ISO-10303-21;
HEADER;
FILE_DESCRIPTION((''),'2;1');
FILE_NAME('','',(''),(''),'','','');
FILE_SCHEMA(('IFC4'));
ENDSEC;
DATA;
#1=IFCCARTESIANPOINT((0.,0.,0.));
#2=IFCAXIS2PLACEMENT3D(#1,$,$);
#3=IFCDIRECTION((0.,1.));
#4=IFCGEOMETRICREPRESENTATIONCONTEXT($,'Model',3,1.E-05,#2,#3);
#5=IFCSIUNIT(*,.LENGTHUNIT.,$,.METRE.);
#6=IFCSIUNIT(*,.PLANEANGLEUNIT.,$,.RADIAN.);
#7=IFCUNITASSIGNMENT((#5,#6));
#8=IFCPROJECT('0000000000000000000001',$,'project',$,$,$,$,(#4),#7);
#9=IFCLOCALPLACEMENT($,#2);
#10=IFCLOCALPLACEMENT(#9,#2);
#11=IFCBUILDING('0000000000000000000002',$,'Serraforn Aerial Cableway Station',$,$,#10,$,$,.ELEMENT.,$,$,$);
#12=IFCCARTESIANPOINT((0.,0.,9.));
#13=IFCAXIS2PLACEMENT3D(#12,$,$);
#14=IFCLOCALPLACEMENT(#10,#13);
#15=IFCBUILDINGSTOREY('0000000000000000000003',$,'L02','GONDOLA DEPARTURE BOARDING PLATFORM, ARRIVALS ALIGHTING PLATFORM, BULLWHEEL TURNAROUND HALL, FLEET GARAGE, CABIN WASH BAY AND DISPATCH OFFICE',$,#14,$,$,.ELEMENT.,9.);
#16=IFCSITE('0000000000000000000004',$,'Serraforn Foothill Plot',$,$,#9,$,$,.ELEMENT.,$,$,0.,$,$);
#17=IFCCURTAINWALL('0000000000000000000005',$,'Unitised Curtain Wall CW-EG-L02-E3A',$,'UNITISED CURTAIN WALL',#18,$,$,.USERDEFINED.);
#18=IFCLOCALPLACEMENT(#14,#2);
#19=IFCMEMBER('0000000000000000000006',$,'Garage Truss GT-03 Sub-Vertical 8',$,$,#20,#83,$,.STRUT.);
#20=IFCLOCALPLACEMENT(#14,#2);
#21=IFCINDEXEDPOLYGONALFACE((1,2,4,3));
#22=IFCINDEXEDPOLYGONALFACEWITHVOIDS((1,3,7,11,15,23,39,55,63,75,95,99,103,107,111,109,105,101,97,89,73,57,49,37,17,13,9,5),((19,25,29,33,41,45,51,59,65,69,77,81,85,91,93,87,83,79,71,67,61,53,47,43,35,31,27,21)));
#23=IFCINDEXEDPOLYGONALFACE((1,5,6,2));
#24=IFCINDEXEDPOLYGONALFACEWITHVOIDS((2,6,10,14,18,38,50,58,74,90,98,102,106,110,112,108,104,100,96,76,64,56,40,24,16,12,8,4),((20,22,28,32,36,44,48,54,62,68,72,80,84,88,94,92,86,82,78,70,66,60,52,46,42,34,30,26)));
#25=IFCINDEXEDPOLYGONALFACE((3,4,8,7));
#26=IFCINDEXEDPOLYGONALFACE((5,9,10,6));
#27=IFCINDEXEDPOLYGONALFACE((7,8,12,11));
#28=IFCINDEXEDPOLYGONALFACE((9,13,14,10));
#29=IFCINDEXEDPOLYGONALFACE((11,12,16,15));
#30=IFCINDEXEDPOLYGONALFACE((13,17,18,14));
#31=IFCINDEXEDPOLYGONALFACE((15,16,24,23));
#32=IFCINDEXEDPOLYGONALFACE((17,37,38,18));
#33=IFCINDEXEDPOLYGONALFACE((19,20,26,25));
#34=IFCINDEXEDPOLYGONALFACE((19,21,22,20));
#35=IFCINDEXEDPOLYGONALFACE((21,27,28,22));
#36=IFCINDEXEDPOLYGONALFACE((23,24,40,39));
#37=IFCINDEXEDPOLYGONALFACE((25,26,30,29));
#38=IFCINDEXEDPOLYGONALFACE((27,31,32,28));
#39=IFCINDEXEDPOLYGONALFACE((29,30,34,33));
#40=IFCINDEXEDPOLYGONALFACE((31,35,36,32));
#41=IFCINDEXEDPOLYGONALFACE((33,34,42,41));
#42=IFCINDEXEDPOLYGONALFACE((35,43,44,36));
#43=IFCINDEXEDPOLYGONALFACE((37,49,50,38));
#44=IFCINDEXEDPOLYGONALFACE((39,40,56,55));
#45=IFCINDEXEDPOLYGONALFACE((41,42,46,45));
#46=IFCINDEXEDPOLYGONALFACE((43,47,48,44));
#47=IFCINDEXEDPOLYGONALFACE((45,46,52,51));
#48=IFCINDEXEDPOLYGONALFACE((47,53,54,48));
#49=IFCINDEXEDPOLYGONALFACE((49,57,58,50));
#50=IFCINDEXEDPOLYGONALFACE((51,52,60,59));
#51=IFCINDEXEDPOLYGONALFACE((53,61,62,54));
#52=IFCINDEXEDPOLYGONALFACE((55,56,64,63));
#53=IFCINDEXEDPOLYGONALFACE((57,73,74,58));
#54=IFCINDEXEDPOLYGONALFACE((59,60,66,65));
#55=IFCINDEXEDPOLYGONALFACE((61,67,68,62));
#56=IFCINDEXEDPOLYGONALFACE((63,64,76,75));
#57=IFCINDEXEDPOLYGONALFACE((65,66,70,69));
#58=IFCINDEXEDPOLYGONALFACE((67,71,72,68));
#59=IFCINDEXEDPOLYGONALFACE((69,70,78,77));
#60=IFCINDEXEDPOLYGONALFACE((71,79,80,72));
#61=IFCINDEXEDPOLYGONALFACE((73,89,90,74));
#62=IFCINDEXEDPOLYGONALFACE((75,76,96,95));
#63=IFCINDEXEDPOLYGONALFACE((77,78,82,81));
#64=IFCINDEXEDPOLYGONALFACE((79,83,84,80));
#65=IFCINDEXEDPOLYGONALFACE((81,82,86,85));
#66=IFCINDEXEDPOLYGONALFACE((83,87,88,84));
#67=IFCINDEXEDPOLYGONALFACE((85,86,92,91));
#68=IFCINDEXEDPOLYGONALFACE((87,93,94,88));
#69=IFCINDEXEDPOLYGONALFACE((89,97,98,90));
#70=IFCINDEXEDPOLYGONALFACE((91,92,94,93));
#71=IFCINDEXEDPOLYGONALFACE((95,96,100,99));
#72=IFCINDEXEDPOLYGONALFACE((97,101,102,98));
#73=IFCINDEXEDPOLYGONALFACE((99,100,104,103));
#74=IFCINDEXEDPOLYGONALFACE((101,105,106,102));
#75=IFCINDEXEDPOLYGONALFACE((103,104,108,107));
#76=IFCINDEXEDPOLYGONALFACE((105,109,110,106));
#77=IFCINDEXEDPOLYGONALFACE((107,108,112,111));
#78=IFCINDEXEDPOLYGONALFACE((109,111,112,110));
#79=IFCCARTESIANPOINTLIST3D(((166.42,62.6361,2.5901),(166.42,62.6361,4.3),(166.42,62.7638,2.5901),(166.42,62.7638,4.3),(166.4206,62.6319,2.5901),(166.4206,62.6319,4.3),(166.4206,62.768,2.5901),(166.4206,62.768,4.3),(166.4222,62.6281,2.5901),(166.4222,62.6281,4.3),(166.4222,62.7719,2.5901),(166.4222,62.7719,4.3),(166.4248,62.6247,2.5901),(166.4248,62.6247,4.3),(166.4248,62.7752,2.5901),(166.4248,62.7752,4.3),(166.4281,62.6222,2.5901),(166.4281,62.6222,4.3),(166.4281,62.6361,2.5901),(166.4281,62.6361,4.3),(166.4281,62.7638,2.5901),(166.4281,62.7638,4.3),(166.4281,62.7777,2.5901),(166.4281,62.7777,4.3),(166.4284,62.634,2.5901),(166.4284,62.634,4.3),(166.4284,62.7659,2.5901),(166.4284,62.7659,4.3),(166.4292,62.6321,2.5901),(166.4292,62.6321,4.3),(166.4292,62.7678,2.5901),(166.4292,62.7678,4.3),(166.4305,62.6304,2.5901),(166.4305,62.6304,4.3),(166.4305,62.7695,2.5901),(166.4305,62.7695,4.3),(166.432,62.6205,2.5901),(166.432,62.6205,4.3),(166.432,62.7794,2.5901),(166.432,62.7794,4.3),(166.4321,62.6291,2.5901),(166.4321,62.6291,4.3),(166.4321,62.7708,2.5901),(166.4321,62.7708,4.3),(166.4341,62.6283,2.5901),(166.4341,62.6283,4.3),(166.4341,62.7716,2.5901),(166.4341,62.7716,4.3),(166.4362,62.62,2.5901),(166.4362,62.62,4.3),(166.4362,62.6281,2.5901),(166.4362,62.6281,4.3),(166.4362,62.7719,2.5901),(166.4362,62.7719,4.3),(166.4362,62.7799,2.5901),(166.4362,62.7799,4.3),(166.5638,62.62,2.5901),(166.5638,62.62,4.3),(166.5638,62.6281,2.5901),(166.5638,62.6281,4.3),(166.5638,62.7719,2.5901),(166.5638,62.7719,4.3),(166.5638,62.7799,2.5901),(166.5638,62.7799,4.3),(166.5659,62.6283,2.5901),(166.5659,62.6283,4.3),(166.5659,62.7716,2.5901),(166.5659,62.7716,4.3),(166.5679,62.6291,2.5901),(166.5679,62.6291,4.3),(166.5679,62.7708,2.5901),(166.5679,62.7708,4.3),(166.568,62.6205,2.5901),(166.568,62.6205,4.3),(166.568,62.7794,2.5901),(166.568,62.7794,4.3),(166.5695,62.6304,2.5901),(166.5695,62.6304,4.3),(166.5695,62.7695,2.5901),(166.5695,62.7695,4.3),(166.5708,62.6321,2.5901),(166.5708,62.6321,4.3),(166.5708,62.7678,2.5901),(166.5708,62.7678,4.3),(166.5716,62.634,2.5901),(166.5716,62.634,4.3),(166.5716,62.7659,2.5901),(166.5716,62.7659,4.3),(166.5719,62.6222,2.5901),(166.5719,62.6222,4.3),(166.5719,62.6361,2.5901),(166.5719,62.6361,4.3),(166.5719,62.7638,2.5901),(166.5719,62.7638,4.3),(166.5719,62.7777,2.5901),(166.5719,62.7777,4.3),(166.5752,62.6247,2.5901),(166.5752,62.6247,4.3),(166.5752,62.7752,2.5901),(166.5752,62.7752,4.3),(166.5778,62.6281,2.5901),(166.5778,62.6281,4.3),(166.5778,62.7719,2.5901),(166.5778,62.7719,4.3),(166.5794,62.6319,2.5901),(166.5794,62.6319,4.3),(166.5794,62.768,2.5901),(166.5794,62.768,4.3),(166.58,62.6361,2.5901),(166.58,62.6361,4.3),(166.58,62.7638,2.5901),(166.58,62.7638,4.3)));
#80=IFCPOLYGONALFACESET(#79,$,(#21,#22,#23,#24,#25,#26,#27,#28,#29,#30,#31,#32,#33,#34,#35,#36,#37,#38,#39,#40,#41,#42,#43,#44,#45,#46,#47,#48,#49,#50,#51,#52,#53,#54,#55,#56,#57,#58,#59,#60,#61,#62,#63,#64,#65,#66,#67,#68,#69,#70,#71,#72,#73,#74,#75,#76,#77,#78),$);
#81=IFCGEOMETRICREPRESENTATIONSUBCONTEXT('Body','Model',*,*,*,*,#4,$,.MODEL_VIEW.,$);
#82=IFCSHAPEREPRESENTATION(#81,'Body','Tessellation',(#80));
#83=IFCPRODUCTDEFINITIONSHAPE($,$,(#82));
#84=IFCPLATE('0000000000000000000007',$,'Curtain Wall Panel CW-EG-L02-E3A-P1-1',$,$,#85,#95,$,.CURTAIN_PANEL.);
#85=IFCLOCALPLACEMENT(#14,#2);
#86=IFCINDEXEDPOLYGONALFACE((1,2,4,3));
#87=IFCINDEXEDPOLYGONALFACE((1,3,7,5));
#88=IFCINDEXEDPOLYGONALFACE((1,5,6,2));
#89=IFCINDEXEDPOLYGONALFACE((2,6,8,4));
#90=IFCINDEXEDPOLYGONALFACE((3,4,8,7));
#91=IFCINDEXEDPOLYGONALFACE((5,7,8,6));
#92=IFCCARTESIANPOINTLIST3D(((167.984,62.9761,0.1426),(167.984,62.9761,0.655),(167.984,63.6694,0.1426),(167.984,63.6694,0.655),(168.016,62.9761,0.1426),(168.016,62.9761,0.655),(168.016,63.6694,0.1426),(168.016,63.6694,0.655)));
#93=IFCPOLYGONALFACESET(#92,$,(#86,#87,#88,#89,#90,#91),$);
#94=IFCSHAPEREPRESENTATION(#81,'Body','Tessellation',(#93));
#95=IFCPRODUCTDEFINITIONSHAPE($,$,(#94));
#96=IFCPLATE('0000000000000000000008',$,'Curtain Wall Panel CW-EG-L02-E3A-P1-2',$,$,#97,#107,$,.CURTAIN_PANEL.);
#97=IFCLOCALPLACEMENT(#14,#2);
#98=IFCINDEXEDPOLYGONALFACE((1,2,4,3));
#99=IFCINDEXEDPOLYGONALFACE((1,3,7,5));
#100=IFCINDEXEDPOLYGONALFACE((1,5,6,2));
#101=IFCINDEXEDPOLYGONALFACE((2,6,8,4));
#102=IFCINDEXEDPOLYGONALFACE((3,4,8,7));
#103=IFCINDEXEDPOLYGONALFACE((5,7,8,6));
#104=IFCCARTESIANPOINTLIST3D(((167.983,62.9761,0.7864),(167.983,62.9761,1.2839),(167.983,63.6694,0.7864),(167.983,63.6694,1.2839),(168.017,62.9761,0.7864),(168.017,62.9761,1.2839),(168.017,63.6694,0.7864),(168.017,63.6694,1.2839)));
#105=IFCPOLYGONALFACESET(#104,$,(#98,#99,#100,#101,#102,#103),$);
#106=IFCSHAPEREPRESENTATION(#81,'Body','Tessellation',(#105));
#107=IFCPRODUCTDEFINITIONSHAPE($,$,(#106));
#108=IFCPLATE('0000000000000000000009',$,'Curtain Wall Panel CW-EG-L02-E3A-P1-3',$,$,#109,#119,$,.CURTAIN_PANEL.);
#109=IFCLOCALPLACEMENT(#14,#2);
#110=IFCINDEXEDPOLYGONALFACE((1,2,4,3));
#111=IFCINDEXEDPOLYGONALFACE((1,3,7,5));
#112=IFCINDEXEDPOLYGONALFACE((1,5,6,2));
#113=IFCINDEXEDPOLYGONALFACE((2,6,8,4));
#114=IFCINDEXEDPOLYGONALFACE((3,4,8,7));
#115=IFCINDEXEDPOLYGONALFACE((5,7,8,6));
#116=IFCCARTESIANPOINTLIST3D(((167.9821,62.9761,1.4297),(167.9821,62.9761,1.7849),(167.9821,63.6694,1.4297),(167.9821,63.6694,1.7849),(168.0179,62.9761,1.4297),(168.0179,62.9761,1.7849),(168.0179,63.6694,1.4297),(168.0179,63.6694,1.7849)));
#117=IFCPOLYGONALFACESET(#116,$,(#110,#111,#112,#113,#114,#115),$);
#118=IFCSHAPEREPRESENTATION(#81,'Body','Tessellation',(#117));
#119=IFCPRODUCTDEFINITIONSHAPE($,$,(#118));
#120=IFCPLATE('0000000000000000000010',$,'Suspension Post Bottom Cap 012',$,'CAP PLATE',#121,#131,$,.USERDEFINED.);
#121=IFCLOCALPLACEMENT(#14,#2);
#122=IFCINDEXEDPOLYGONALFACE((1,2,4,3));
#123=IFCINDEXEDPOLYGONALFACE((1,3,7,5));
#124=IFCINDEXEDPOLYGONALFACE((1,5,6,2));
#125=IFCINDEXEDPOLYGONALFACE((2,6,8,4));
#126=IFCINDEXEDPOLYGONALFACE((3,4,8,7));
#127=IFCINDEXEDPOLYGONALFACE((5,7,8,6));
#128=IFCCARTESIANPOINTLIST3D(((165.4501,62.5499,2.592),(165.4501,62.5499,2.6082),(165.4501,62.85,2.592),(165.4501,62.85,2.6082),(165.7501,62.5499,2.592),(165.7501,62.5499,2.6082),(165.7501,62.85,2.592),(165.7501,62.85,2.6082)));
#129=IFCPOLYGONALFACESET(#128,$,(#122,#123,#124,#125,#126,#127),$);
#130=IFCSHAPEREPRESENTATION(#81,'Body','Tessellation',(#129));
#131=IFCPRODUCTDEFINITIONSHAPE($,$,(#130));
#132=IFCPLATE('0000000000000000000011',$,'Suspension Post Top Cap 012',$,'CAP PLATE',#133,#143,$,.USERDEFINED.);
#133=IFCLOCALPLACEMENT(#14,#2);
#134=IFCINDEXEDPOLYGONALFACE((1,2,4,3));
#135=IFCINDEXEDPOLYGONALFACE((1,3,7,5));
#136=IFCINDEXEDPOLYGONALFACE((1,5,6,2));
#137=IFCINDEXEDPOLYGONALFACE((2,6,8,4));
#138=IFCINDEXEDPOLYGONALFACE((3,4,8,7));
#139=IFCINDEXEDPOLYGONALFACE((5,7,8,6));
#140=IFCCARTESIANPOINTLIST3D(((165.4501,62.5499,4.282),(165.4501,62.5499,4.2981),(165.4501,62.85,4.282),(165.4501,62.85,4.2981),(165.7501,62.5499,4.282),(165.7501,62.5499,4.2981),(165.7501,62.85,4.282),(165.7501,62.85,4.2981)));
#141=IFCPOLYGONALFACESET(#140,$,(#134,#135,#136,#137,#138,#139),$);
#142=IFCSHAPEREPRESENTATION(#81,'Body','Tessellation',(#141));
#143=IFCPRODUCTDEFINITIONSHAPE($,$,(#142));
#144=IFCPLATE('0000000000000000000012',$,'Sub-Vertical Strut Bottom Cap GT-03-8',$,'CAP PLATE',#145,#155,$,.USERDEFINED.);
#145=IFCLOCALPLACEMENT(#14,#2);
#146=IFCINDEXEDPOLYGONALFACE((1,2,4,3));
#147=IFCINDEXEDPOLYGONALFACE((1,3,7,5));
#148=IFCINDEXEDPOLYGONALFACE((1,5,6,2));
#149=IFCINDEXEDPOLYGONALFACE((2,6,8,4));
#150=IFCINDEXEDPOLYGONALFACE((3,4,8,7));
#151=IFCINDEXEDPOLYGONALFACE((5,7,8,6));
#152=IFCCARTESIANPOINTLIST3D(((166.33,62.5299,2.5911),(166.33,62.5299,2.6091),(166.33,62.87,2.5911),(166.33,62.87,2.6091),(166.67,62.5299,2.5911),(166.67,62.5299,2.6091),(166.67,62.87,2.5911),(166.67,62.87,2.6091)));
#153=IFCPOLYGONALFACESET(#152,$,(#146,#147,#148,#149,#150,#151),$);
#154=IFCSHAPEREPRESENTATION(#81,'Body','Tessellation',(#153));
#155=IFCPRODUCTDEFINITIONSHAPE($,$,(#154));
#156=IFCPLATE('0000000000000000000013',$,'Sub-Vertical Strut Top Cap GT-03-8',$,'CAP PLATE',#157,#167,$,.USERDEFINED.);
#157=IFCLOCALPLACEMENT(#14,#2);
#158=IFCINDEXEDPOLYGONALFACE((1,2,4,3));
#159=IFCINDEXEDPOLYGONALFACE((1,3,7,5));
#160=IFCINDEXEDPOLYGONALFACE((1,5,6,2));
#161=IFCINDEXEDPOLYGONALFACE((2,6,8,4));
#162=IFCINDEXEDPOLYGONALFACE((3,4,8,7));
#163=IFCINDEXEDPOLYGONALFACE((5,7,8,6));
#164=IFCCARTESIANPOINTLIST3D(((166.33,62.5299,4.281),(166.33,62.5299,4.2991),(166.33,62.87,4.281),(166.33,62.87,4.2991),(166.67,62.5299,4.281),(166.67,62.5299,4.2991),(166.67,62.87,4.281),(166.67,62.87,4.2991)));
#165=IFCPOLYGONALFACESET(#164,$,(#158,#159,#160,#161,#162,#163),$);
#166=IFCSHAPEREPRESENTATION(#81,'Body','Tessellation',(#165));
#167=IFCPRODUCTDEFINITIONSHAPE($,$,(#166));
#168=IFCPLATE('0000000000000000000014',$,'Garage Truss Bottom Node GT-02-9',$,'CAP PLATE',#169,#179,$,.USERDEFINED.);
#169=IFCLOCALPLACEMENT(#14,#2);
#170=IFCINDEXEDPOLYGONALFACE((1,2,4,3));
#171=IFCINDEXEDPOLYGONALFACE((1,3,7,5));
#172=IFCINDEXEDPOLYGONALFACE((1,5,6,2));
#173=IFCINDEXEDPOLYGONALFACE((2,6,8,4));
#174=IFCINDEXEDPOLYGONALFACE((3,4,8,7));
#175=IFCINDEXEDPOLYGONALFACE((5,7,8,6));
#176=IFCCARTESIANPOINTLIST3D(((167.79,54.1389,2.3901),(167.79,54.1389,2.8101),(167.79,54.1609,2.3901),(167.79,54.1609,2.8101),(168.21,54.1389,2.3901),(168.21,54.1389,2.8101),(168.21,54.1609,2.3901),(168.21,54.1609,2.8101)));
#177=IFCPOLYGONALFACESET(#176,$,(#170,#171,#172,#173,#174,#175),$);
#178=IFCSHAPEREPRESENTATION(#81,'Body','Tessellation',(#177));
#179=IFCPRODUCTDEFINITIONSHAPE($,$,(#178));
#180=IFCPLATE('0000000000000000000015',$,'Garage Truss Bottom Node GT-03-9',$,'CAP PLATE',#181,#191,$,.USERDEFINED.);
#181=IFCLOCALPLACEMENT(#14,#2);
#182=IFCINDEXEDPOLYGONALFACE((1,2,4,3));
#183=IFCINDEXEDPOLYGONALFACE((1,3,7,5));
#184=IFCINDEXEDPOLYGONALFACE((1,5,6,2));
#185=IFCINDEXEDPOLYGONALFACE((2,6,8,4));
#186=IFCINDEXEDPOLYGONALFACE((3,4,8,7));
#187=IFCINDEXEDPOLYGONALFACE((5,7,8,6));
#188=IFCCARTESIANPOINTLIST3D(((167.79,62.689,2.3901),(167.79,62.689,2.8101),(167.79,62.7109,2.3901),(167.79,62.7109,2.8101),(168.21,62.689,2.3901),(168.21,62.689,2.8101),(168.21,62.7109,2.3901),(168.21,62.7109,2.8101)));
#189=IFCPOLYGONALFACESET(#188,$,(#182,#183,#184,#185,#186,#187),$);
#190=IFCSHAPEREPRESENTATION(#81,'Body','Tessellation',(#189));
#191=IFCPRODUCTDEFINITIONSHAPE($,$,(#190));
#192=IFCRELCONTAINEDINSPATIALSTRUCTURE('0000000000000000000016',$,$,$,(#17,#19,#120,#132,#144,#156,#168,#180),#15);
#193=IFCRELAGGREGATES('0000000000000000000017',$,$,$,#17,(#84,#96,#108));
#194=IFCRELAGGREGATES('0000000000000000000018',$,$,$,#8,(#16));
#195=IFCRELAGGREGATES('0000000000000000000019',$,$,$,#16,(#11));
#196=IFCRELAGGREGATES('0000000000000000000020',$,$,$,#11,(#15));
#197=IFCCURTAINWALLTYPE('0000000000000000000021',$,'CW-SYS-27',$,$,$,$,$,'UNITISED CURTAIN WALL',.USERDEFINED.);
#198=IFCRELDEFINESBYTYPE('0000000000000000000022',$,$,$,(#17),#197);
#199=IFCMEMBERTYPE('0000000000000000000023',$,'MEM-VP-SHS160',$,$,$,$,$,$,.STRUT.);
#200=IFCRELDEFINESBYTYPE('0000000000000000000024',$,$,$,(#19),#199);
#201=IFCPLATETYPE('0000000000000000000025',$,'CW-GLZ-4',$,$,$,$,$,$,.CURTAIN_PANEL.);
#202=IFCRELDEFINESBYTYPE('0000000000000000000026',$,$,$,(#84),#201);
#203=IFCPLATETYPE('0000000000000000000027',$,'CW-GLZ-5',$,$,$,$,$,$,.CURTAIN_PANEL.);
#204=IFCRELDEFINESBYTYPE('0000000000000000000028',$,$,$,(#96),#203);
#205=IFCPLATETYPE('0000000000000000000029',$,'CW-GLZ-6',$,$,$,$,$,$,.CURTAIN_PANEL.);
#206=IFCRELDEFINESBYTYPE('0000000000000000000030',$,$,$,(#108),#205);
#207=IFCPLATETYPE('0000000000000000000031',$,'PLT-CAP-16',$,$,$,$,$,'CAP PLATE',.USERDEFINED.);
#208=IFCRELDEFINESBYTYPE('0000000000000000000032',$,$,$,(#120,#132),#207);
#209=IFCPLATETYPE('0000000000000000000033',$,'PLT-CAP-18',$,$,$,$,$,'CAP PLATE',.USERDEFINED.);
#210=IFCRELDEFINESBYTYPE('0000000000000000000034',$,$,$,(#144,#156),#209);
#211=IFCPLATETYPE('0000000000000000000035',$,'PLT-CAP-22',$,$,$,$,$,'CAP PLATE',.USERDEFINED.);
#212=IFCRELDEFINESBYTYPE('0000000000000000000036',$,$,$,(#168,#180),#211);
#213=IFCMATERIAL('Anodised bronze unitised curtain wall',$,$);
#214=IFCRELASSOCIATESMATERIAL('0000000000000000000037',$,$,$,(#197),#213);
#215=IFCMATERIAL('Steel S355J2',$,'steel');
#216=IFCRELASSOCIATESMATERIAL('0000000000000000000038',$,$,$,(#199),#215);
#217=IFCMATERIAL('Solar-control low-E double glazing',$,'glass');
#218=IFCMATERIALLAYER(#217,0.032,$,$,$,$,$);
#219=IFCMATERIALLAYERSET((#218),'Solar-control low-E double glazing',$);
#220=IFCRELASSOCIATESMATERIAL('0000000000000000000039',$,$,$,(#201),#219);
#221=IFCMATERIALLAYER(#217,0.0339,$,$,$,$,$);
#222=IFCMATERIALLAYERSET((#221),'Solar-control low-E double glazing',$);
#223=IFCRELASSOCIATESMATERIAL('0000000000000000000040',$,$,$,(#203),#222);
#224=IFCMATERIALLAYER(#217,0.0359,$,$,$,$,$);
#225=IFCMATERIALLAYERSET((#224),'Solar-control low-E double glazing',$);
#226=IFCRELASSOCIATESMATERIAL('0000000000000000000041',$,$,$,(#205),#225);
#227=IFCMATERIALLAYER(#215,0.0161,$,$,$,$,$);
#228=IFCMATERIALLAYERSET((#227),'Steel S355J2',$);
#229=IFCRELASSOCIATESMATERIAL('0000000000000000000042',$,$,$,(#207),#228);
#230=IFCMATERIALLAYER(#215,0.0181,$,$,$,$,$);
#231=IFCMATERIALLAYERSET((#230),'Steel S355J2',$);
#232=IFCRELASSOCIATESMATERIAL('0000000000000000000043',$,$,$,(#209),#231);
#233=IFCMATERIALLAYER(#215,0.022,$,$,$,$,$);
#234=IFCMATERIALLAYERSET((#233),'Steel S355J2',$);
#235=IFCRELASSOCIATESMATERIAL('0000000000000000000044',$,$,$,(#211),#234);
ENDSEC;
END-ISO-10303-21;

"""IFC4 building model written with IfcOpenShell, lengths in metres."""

from ifc_helpers import new_model, si_unit, direction, frame, origin, origin_2d, place, context, subcontext, project, spatial, rectangle, hollow_rectangle, extrude, material, layer, layer_set, material_profile, profile_set, type_object, element, aggregate, save


model = new_model("IFC4")

# Units and contexts
model_context = context("Model", 3, precision=1e-05, world=origin(), true_north=direction((0.0, 1.0)))
body_context = subcontext(model_context, "Body", "Model", "MODEL_VIEW")
ifc_project = project(units=[si_unit("LENGTHUNIT", "METRE"), si_unit("PLANEANGLEUNIT", "RADIAN")], contexts=[model_context])

# Site, building, storey
site_placement = place(None, origin())
site = spatial("IfcSite", under=ifc_project, at=site_placement, Name="Serraforn Foothill Plot", CompositionType="ELEMENT", RefElevation=0.0)
building_placement = place(site_placement, origin())
building = spatial("IfcBuilding", under=site, at=building_placement, Name="Serraforn Aerial Cableway Station", CompositionType="ELEMENT")
storey_placement = place(building_placement, frame((0.0, 0.0, 9.0)))
storey = spatial("IfcBuildingStorey", under=building, at=storey_placement, Name="L02", Description="GONDOLA DEPARTURE BOARDING PLATFORM, ARRIVALS ALIGHTING PLATFORM, BULLWHEEL TURNAROUND HALL, FLEET GARAGE, CABIN WASH BAY AND DISPATCH OFFICE", CompositionType="ELEMENT", Elevation=9.0)

# Shared definitions
ifc_material_1 = material(Name="Steel S355J2", Category="steel")

# Curtain wall
ifc_material_2 = material(Name="Anodised bronze unitised curtain wall")
curtain_wall_type = type_object("IfcCurtainWallType", Name="CW-SYS-27", ElementType="UNITISED CURTAIN WALL", PredefinedType="USERDEFINED", material=ifc_material_2)
curtain_wall_placement = place(storey_placement, origin())
curtain_wall = element("IfcCurtainWall", 1, at=curtain_wall_placement, inside=storey, type_object=curtain_wall_type, Name="Unitised Curtain Wall CW-EG-L02-E3A", ObjectType="UNITISED CURTAIN WALL", PredefinedType="USERDEFINED")

# Member
ifc_material_profile_1 = material_profile(ifc_material_1, hollow_rectangle(XDim=0.1599, YDim=0.1599, WallThickness=0.0081, InnerFilletRadius=0.0081, OuterFilletRadius=0.0161, at=origin_2d()), Name="SHS 160x160x8.0")
ifc_profile_set_1 = profile_set([ifc_material_profile_1], Name="Steel S355J2")
member_type_1 = type_object("IfcMemberType", Name="MEM-VP-SHS160", PredefinedType="STRUT", material=ifc_profile_set_1)
for number, where, z_axis, x_axis, name in (
    (2, (166.5, 62.7, 2.5901), (0.0, 0.0, 1.0), (1.0, 0.0, 0.0), "Garage Truss GT-03 Sub-Vertical 8"),
):
    element("IfcMember", number, at=place(storey_placement, frame(where, z_axis=z_axis, x_axis=x_axis)), inside=storey, type_object=member_type_1, Name=name, PredefinedType="STRUT", context=body_context, shape_type="SweptSolid", body=[
        extrude(hollow_rectangle(XDim=0.1599, YDim=0.1599, WallThickness=0.0081, InnerFilletRadius=0.0081, OuterFilletRadius=0.0161, at=origin_2d()), origin(), (0.0, 0.0, 1.0), 1.71),
    ])

# Plates
ifc_material_3 = material(Name="Solar-control low-E double glazing", Category="glass")
ifc_layer_1 = layer(ifc_material_3, 0.032)
ifc_layer_set_1 = layer_set([ifc_layer_1], Name="Solar-control low-E double glazing")
plate_type_1 = type_object("IfcPlateType", Name="CW-GLZ-4", PredefinedType="CURTAIN_PANEL", material=ifc_layer_set_1)
plate_1_placement = place(storey_placement, frame((168.0, 63.3228, 0.1426), z_axis=(0.0, 0.0, 1.0), x_axis=(1.0, 0.0, 0.0)))
plate_1 = element("IfcPlate", 3, at=plate_1_placement, type_object=plate_type_1, Name="Curtain Wall Panel CW-EG-L02-E3A-P1-1", PredefinedType="CURTAIN_PANEL", context=body_context, shape_type="SweptSolid", body=[
    extrude(rectangle(XDim=0.032, YDim=0.6934, at=origin_2d()), origin(), (0.0, 0.0, 1.0), 0.5125),
])
ifc_layer_2 = layer(ifc_material_3, 0.0339)
ifc_layer_set_2 = layer_set([ifc_layer_2], Name="Solar-control low-E double glazing")
plate_type_2 = type_object("IfcPlateType", Name="CW-GLZ-5", PredefinedType="CURTAIN_PANEL", material=ifc_layer_set_2)
plate_2_placement = place(storey_placement, frame((168.0, 63.3228, 0.7864), z_axis=(0.0, 0.0, 1.0), x_axis=(1.0, 0.0, 0.0)))
plate_2 = element("IfcPlate", 4, at=plate_2_placement, type_object=plate_type_2, Name="Curtain Wall Panel CW-EG-L02-E3A-P1-2", PredefinedType="CURTAIN_PANEL", context=body_context, shape_type="SweptSolid", body=[
    extrude(rectangle(XDim=0.0339, YDim=0.6934, at=origin_2d()), origin(), (0.0, 0.0, 1.0), 0.4976),
])
ifc_layer_3 = layer(ifc_material_3, 0.0359)
ifc_layer_set_3 = layer_set([ifc_layer_3], Name="Solar-control low-E double glazing")
plate_type_3 = type_object("IfcPlateType", Name="CW-GLZ-6", PredefinedType="CURTAIN_PANEL", material=ifc_layer_set_3)
plate_3_placement = place(storey_placement, frame((168.0, 63.3228, 1.4297), z_axis=(0.0, 0.0, 1.0), x_axis=(1.0, 0.0, 0.0)))
plate_3 = element("IfcPlate", 5, at=plate_3_placement, type_object=plate_type_3, Name="Curtain Wall Panel CW-EG-L02-E3A-P1-3", PredefinedType="CURTAIN_PANEL", context=body_context, shape_type="SweptSolid", body=[
    extrude(rectangle(XDim=0.0359, YDim=0.6934, at=origin_2d()), origin(), (0.0, 0.0, 1.0), 0.3552),
])
aggregate(curtain_wall, [plate_1, plate_2, plate_3])

# Plates
ifc_layer_4 = layer(ifc_material_1, 0.0161)
ifc_layer_set_4 = layer_set([ifc_layer_4], Name="Steel S355J2")
plate_type_4 = type_object("IfcPlateType", Name="PLT-CAP-16", ElementType="CAP PLATE", PredefinedType="USERDEFINED", material=ifc_layer_set_4)
for number, where, z_axis, x_axis, name in (
    (6, (165.6001, 62.7, 2.592), (0.0, 0.0, 1.0), (1.0, 0.0, 0.0), "Suspension Post Bottom Cap 012"),
    (7, (165.6001, 62.7, 4.282), (0.0, 0.0, 1.0), (1.0, 0.0, 0.0), "Suspension Post Top Cap 012"),
):
    element("IfcPlate", number, at=place(storey_placement, frame(where, z_axis=z_axis, x_axis=x_axis)), inside=storey, type_object=plate_type_4, Name=name, ObjectType="CAP PLATE", PredefinedType="USERDEFINED", context=body_context, shape_type="SweptSolid", body=[
        extrude(rectangle(XDim=0.3, YDim=0.3, at=origin_2d()), origin(), (0.0, 0.0, 1.0), 0.0161),
    ])
ifc_layer_5 = layer(ifc_material_1, 0.0181)
ifc_layer_set_5 = layer_set([ifc_layer_5], Name="Steel S355J2")
plate_type_5 = type_object("IfcPlateType", Name="PLT-CAP-18", ElementType="CAP PLATE", PredefinedType="USERDEFINED", material=ifc_layer_set_5)
for number, where, z_axis, x_axis, name in (
    (8, (166.5, 62.7, 2.5911), (0.0, 0.0, 1.0), (1.0, 0.0, 0.0), "Sub-Vertical Strut Bottom Cap GT-03-8"),
    (9, (166.5, 62.7, 4.281), (0.0, 0.0, 1.0), (1.0, 0.0, 0.0), "Sub-Vertical Strut Top Cap GT-03-8"),
):
    element("IfcPlate", number, at=place(storey_placement, frame(where, z_axis=z_axis, x_axis=x_axis)), inside=storey, type_object=plate_type_5, Name=name, ObjectType="CAP PLATE", PredefinedType="USERDEFINED", context=body_context, shape_type="SweptSolid", body=[
        extrude(rectangle(XDim=0.3401, YDim=0.3401, at=origin_2d()), origin(), (0.0, 0.0, 1.0), 0.0181),
    ])
ifc_layer_6 = layer(ifc_material_1, 0.022)
ifc_layer_set_6 = layer_set([ifc_layer_6], Name="Steel S355J2")
plate_type_6 = type_object("IfcPlateType", Name="PLT-CAP-22", ElementType="CAP PLATE", PredefinedType="USERDEFINED", material=ifc_layer_set_6)
for number, where, z_axis, x_axis, name in (
    (10, (168.0, 54.1499, 2.3901), (0.0, 0.0, 1.0), (1.0, 0.0, 0.0), "Garage Truss Bottom Node GT-02-9"),
    (11, (168.0, 62.7, 2.3901), (0.0, 0.0, 1.0), (1.0, 0.0, 0.0), "Garage Truss Bottom Node GT-03-9"),
):
    element("IfcPlate", number, at=place(storey_placement, frame(where, z_axis=z_axis, x_axis=x_axis)), inside=storey, type_object=plate_type_6, Name=name, ObjectType="CAP PLATE", PredefinedType="USERDEFINED", context=body_context, shape_type="SweptSolid", body=[
        extrude(rectangle(XDim=0.4199, YDim=0.022, at=origin_2d()), origin(), (0.0, 0.0, 1.0), 0.4199),
    ])

save(model, "model.ifc")
